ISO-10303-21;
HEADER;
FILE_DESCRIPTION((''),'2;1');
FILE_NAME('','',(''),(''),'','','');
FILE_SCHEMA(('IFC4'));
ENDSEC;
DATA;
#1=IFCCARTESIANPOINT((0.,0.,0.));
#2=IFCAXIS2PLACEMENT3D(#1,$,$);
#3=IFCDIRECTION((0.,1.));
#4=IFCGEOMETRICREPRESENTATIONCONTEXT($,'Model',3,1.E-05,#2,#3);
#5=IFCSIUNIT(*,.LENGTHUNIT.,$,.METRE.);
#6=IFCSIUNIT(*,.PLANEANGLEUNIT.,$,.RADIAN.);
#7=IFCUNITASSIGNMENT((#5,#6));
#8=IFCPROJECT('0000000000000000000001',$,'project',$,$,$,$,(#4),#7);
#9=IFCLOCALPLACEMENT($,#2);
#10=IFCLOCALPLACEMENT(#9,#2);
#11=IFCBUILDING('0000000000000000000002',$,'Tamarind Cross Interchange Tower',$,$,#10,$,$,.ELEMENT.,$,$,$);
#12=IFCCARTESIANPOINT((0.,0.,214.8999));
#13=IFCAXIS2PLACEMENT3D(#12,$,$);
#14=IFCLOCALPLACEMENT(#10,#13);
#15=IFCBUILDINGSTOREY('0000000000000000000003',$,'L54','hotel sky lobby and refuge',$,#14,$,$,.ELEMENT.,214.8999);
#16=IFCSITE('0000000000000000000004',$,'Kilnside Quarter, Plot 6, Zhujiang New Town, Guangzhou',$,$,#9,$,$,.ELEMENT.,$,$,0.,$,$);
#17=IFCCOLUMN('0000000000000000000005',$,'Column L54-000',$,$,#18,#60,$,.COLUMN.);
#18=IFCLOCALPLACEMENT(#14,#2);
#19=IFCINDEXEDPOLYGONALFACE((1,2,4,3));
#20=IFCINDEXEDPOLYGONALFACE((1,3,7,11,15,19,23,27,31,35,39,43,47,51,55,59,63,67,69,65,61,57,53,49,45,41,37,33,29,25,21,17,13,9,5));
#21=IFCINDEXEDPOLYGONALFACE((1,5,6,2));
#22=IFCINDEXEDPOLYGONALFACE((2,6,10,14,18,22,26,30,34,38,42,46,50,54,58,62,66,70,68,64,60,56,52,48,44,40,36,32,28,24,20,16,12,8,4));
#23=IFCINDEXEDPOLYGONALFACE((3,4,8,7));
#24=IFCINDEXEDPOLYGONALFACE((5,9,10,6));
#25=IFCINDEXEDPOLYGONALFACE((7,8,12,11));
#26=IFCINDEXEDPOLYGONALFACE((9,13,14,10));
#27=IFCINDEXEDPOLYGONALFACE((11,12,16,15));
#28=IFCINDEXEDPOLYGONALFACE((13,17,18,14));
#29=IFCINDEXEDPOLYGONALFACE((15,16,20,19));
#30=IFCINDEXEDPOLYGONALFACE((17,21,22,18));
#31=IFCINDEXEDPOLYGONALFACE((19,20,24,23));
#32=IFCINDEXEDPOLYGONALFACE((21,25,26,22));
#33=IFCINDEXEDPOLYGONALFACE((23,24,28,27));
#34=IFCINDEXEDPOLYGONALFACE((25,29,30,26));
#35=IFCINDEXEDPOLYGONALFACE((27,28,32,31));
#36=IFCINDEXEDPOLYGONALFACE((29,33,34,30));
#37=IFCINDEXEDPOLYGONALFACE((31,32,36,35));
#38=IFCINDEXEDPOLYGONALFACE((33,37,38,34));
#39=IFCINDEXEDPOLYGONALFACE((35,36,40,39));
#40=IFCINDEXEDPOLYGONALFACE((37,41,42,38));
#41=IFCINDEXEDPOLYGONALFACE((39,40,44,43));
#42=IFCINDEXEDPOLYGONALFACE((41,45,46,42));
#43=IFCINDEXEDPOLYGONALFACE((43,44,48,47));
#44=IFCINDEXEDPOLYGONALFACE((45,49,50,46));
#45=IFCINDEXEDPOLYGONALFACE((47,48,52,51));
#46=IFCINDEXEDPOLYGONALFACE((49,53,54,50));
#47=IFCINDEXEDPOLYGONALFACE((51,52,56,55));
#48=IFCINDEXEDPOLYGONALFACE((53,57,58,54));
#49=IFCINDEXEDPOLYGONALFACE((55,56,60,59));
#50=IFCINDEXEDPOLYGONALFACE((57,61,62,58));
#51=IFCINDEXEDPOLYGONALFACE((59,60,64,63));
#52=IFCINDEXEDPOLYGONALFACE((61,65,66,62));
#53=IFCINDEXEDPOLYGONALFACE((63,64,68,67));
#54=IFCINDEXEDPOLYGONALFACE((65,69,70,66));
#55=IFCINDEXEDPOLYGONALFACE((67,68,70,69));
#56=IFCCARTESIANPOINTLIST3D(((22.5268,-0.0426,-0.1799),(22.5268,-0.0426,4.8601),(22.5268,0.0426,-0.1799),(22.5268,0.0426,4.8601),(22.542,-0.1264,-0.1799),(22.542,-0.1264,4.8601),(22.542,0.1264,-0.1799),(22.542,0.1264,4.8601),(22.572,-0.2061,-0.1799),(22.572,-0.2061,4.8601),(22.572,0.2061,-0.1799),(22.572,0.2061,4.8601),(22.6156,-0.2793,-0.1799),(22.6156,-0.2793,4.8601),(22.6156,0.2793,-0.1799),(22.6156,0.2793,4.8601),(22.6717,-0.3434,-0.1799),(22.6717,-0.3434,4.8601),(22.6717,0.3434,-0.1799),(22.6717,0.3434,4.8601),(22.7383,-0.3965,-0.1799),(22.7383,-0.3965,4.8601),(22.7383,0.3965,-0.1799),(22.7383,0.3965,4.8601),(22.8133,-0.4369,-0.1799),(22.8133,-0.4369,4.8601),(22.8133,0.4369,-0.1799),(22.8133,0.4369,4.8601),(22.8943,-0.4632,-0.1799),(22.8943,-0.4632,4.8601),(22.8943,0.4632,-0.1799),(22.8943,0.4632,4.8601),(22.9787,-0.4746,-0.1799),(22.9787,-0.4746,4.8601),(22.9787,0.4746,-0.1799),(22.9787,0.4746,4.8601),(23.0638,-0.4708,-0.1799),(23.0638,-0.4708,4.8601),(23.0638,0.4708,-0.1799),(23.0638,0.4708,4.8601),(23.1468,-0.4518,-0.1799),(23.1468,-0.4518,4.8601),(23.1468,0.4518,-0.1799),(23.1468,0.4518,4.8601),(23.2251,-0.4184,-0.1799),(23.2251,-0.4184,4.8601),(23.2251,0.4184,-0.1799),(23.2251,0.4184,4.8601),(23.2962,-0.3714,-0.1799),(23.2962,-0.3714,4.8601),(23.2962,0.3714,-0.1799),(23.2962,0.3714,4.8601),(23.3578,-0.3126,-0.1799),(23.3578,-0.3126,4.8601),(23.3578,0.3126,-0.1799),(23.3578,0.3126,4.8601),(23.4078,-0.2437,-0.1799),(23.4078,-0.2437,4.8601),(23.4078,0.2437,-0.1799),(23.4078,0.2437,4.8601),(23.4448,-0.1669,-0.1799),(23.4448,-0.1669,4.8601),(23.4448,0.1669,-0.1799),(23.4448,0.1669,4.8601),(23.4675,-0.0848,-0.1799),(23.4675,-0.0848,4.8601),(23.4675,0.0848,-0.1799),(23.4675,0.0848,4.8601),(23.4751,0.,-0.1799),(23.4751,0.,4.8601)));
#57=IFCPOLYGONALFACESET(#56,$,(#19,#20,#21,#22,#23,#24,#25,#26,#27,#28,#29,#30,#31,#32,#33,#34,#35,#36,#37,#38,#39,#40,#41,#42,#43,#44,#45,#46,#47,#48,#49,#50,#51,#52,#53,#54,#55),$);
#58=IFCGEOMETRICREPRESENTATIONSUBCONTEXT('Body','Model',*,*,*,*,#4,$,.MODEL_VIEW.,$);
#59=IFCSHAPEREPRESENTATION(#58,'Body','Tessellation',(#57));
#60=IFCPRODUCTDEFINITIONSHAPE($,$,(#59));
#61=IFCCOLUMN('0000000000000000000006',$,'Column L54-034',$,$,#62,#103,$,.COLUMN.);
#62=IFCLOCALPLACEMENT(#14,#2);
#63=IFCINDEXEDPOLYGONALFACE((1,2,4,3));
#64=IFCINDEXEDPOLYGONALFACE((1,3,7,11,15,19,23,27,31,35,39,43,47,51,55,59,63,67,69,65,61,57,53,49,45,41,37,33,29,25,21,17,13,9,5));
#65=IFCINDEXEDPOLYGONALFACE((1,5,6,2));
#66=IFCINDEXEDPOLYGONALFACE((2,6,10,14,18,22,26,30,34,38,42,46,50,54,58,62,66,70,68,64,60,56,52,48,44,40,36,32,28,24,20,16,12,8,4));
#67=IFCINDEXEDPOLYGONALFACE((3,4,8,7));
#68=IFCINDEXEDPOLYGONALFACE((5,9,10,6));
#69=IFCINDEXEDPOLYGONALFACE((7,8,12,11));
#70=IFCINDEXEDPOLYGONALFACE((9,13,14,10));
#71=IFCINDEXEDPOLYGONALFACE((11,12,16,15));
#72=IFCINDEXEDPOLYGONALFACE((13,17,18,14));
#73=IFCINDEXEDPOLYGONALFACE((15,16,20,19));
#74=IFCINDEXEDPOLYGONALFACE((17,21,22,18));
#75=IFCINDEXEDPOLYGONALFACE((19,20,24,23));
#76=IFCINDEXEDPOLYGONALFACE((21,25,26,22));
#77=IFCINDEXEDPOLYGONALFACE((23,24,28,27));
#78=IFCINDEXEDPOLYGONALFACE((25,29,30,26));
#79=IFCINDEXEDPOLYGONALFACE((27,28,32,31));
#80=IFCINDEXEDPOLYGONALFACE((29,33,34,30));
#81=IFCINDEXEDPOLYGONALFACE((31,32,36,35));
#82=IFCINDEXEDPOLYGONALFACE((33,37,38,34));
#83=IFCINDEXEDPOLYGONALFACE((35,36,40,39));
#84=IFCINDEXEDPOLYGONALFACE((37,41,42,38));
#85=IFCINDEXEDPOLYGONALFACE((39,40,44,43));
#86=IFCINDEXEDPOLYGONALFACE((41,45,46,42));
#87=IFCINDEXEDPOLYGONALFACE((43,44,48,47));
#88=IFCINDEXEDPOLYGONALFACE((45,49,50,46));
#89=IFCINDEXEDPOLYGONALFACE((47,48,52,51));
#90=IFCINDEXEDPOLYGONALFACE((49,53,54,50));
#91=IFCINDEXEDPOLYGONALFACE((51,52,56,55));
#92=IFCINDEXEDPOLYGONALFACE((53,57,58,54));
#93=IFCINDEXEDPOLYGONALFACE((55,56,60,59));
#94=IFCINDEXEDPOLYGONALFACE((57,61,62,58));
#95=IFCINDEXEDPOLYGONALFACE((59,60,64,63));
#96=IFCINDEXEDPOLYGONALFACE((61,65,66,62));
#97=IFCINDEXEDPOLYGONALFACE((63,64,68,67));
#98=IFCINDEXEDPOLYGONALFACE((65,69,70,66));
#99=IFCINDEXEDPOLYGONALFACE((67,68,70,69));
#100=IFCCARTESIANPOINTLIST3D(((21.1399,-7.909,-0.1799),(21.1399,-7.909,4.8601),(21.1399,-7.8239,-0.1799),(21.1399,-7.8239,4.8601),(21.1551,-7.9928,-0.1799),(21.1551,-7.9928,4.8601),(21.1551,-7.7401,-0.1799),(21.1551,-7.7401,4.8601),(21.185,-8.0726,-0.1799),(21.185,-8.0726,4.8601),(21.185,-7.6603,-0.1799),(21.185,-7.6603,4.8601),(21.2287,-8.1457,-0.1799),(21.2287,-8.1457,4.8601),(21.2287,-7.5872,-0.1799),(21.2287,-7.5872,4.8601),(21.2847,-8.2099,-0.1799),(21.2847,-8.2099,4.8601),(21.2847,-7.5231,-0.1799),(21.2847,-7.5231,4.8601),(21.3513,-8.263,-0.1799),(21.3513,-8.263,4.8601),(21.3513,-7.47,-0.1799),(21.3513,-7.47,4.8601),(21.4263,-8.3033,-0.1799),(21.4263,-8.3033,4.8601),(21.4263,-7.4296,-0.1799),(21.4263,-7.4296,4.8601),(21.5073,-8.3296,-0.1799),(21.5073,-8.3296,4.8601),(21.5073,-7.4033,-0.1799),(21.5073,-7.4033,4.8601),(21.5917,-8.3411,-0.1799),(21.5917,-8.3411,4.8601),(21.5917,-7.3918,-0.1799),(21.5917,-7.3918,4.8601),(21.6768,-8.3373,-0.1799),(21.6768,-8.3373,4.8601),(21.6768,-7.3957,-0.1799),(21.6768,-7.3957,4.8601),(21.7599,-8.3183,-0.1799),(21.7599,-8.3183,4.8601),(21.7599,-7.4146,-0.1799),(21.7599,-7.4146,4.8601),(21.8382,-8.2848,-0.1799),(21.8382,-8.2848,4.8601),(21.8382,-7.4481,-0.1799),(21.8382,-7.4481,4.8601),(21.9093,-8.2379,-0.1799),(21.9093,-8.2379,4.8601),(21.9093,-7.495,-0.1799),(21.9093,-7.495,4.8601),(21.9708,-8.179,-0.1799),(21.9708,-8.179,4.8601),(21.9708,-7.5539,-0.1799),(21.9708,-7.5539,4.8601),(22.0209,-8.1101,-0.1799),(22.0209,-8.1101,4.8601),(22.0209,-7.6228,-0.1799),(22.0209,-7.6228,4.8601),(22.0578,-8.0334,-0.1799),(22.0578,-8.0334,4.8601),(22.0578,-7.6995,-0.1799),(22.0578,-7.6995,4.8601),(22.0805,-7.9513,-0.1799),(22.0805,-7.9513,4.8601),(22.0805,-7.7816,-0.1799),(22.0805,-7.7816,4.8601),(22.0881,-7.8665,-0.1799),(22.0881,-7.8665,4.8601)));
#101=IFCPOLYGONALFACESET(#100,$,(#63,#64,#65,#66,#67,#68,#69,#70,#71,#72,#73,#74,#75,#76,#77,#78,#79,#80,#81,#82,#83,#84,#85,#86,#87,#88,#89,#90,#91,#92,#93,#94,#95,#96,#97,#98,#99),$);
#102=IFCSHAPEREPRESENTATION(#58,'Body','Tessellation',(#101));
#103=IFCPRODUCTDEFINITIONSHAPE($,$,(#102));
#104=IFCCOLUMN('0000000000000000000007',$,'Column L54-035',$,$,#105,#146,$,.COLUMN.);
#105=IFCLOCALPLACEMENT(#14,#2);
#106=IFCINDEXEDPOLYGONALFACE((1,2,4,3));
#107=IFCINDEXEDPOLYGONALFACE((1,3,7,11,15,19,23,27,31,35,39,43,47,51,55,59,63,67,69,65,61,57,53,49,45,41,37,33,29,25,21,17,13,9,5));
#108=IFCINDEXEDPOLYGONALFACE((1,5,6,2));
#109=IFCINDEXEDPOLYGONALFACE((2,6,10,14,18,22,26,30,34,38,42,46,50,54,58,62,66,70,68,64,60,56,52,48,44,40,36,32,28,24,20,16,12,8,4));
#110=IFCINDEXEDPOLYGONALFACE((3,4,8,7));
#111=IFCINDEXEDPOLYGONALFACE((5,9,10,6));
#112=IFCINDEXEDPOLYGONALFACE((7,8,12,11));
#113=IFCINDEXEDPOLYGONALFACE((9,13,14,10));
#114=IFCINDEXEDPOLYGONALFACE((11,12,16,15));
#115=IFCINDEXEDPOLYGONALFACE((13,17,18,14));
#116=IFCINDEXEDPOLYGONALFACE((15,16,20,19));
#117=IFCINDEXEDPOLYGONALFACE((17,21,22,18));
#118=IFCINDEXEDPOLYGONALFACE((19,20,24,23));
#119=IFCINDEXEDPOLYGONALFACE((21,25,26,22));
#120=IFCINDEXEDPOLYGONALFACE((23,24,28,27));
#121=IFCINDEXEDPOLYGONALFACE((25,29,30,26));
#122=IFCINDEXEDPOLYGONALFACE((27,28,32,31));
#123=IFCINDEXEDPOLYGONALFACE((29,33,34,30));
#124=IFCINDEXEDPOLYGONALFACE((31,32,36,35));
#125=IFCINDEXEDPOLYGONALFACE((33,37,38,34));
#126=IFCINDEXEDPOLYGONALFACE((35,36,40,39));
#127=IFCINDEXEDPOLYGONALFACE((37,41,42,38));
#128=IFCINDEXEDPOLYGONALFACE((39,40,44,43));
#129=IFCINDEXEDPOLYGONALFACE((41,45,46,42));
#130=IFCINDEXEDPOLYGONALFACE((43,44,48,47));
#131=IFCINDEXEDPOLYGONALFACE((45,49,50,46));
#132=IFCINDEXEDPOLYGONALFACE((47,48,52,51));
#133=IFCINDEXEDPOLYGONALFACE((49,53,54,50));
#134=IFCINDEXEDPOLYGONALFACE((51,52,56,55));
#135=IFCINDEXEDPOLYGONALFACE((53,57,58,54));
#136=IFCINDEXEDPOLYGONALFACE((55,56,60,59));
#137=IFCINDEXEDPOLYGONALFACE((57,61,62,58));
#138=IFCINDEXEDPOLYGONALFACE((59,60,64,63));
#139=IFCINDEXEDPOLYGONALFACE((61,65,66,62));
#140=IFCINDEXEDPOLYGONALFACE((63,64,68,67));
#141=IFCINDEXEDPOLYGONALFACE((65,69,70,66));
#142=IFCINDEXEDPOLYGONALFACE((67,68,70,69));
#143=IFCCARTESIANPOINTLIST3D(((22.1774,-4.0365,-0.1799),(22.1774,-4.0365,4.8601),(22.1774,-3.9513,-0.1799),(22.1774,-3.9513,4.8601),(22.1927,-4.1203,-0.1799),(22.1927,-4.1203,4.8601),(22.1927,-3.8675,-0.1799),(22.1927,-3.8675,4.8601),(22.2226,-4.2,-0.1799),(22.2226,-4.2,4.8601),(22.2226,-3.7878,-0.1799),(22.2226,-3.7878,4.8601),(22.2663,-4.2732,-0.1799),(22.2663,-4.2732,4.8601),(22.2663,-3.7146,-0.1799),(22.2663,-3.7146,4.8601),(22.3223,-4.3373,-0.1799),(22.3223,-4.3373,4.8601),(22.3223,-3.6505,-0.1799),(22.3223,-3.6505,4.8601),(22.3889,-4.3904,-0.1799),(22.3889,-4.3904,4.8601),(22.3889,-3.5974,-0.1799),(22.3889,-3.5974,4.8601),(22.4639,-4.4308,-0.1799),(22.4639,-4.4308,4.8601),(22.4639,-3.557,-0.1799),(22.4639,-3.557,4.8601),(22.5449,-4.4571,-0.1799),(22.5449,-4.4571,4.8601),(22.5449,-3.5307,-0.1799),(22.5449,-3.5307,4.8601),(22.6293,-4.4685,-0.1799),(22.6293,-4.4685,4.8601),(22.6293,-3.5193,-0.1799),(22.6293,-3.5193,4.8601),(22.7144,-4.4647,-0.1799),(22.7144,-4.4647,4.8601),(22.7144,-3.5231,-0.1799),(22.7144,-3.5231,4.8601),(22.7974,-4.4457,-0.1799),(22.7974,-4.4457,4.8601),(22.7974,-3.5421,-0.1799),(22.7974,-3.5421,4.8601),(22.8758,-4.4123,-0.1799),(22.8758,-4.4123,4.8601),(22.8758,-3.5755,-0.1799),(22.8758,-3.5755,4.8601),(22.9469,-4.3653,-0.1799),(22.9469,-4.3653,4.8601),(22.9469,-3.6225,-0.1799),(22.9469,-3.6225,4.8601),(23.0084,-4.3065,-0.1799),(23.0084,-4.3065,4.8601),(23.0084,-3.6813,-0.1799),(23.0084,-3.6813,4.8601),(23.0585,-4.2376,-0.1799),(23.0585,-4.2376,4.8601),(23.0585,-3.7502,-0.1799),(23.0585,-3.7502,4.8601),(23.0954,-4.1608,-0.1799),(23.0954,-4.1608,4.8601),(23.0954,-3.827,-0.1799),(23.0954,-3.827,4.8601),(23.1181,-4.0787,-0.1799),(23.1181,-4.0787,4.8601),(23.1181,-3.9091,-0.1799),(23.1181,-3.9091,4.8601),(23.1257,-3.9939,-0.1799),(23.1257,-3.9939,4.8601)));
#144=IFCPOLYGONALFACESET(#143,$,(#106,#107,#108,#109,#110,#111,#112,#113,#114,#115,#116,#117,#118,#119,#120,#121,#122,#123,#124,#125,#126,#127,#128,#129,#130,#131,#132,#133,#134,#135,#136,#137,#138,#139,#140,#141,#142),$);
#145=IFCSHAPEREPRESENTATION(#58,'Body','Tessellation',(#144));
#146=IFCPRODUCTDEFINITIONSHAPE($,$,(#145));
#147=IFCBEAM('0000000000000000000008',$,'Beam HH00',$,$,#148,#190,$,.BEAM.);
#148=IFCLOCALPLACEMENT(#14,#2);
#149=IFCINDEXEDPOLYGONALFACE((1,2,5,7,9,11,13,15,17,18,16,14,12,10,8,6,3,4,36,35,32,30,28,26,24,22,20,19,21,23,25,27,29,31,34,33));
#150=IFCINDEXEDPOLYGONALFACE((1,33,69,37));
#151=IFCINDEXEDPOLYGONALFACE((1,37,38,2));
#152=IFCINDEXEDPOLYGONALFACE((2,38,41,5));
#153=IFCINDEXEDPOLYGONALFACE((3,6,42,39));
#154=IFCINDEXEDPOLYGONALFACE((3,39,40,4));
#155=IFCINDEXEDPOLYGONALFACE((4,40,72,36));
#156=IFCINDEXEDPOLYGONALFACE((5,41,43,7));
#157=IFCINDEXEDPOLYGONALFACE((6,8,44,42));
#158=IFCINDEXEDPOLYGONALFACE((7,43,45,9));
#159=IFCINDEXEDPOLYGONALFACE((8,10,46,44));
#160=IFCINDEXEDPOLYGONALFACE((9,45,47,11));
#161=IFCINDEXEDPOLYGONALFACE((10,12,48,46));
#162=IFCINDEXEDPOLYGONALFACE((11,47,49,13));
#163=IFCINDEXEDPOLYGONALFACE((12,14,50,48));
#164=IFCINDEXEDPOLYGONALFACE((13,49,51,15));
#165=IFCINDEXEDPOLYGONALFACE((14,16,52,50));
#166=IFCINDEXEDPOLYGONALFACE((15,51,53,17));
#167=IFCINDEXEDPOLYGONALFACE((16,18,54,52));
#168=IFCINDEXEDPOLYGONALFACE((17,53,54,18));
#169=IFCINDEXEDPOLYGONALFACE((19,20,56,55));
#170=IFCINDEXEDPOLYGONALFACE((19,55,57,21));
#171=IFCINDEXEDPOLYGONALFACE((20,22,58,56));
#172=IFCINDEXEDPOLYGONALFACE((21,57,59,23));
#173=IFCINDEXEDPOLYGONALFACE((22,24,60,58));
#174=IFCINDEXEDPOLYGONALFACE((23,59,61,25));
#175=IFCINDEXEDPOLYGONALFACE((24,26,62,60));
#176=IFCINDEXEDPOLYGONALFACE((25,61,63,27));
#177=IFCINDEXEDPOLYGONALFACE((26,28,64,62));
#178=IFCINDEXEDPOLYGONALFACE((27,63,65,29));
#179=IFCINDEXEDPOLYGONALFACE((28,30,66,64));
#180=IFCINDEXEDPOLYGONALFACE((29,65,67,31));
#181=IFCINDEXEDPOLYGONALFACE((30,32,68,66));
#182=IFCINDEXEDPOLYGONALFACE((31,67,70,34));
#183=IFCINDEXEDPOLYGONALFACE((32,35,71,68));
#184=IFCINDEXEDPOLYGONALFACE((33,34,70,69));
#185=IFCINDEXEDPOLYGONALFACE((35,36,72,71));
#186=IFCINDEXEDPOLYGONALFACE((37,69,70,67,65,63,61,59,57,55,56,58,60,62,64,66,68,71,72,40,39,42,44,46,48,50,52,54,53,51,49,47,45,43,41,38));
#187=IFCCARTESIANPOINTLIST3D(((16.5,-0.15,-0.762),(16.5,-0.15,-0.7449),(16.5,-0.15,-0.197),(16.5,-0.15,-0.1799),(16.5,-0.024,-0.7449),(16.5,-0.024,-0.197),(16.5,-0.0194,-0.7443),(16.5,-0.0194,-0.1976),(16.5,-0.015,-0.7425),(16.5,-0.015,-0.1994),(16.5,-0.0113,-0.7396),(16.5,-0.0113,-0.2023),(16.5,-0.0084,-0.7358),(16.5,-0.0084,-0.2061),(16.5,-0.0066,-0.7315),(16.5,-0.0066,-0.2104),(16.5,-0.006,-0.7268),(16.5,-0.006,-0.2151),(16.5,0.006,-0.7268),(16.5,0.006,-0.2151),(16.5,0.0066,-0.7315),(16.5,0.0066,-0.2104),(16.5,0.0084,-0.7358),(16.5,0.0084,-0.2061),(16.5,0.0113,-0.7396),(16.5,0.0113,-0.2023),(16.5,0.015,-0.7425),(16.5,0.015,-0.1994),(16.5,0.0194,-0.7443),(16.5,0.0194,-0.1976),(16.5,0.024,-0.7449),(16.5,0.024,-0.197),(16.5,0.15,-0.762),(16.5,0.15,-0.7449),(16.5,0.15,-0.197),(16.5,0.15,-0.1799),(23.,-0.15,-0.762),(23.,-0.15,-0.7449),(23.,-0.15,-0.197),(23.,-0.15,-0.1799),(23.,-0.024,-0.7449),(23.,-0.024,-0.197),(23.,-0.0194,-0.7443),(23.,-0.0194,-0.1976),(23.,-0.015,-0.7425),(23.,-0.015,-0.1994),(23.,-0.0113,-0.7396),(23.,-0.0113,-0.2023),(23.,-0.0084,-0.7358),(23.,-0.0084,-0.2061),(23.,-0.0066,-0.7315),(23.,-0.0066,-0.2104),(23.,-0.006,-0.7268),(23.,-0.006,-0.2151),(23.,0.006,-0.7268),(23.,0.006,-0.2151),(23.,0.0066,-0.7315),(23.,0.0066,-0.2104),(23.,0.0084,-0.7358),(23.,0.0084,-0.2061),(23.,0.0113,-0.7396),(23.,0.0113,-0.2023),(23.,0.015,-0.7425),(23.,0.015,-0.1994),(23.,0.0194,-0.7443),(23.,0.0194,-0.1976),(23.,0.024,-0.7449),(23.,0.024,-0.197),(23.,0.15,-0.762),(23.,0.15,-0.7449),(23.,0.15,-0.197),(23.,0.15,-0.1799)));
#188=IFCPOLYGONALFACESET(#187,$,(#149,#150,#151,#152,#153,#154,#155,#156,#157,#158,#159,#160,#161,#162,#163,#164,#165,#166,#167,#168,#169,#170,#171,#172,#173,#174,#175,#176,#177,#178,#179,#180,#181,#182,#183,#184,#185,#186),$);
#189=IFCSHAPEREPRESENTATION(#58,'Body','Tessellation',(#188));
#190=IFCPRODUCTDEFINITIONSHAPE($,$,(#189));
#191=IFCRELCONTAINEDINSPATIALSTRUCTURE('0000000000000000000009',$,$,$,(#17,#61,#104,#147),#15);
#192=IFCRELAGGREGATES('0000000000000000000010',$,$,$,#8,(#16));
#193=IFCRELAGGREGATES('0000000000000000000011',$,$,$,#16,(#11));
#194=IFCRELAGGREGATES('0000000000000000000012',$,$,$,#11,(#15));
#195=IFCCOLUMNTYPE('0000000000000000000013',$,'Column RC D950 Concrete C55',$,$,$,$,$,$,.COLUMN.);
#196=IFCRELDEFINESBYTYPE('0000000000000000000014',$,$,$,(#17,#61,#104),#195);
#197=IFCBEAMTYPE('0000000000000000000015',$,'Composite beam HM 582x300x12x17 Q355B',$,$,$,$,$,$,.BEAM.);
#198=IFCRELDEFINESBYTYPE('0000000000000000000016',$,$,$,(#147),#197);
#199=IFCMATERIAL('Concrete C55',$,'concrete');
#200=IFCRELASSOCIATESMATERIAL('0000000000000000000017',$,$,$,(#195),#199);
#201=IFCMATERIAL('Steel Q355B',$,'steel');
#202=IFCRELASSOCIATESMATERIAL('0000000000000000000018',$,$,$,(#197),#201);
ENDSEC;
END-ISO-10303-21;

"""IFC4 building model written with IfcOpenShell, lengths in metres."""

from ifc_helpers import new_model, si_unit, direction, frame, origin, origin_2d, place, context, subcontext, project, spatial, circle, i_section, extrude, material, material_profile, profile_set, type_object, element, save


model = new_model("IFC4")

# Units and contexts
model_context = context("Model", 3, precision=1e-05, world=origin(), true_north=direction((0.0, 1.0)))
body_context = subcontext(model_context, "Body", "Model", "MODEL_VIEW")
ifc_project = project(units=[si_unit("LENGTHUNIT", "METRE"), si_unit("PLANEANGLEUNIT", "RADIAN")], contexts=[model_context])

# Site, building, storey
site_placement = place(None, origin())
site = spatial("IfcSite", under=ifc_project, at=site_placement, Name="Kilnside Quarter, Plot 6, Zhujiang New Town, Guangzhou", CompositionType="ELEMENT", RefElevation=0.0)
building_placement = place(site_placement, origin())
building = spatial("IfcBuilding", under=site, at=building_placement, Name="Tamarind Cross Interchange Tower", CompositionType="ELEMENT")
storey_placement = place(building_placement, frame((0.0, 0.0, 214.8999)))
storey = spatial("IfcBuildingStorey", under=building, at=storey_placement, Name="L54", Description="hotel sky lobby and refuge", CompositionType="ELEMENT", Elevation=214.8999)

# Columns
ifc_material_1 = material(Name="Concrete C55", Category="concrete")
ifc_material_profile_1 = material_profile(ifc_material_1, circle(Radius=0.4751, at=origin_2d()), Name="RC D950")
ifc_profile_set_1 = profile_set([ifc_material_profile_1], Name="Concrete C55")
column_type = type_object("IfcColumnType", Name="Column RC D950 Concrete C55", PredefinedType="COLUMN", material=ifc_profile_set_1)
for number, where, z_axis, x_axis, name in (
    (1, (23.0, 0.0, -0.1799), (0.0, 0.0, 1.0), (1.0, 0.0, 0.0), "Column L54-000"),
    (2, (21.613, -7.8665, -0.1799), (0.0, 0.0, 1.0), (1.0, 0.0, 0.0), "Column L54-034"),
    (3, (22.6506, -3.9939, -0.1799), (0.0, 0.0, 1.0), (1.0, 0.0, 0.0), "Column L54-035"),
):
    element("IfcColumn", number, at=place(storey_placement, frame(where, z_axis=z_axis, x_axis=x_axis)), inside=storey, type_object=column_type, Name=name, PredefinedType="COLUMN", context=body_context, shape_type="SweptSolid", body=[
        extrude(circle(Radius=0.4751, at=origin_2d()), origin(), (0.0, 0.0, 1.0), 5.04),
    ])

# Beam
ifc_material_2 = material(Name="Steel Q355B", Category="steel")
ifc_material_profile_2 = material_profile(ifc_material_2, i_section(OverallWidth=0.3, OverallDepth=0.582, WebThickness=0.012, FlangeThickness=0.0171, FilletRadius=0.0181, at=origin_2d()), Name="HM 582x300x12x17")
ifc_profile_set_2 = profile_set([ifc_material_profile_2], Name="Steel Q355B")
beam_type = type_object("IfcBeamType", Name="Composite beam HM 582x300x12x17 Q355B", PredefinedType="BEAM", material=ifc_profile_set_2)
beam_1_placement = place(storey_placement, frame((23.0, 0.0, -0.4709), z_axis=(-1.0, 0.0, 0.0), x_axis=(0.0, -1.0, 0.0)))
element("IfcBeam", 4, at=beam_1_placement, inside=storey, type_object=beam_type, Name="Beam HH00", PredefinedType="BEAM", context=body_context, shape_type="SweptSolid", body=[
    extrude(i_section(OverallWidth=0.3, OverallDepth=0.582, WebThickness=0.012, FlangeThickness=0.0171, FilletRadius=0.0181, at=origin_2d()), origin(), (0.0, 0.0, 1.0), 6.5),
])

save(model, "model.ifc")
